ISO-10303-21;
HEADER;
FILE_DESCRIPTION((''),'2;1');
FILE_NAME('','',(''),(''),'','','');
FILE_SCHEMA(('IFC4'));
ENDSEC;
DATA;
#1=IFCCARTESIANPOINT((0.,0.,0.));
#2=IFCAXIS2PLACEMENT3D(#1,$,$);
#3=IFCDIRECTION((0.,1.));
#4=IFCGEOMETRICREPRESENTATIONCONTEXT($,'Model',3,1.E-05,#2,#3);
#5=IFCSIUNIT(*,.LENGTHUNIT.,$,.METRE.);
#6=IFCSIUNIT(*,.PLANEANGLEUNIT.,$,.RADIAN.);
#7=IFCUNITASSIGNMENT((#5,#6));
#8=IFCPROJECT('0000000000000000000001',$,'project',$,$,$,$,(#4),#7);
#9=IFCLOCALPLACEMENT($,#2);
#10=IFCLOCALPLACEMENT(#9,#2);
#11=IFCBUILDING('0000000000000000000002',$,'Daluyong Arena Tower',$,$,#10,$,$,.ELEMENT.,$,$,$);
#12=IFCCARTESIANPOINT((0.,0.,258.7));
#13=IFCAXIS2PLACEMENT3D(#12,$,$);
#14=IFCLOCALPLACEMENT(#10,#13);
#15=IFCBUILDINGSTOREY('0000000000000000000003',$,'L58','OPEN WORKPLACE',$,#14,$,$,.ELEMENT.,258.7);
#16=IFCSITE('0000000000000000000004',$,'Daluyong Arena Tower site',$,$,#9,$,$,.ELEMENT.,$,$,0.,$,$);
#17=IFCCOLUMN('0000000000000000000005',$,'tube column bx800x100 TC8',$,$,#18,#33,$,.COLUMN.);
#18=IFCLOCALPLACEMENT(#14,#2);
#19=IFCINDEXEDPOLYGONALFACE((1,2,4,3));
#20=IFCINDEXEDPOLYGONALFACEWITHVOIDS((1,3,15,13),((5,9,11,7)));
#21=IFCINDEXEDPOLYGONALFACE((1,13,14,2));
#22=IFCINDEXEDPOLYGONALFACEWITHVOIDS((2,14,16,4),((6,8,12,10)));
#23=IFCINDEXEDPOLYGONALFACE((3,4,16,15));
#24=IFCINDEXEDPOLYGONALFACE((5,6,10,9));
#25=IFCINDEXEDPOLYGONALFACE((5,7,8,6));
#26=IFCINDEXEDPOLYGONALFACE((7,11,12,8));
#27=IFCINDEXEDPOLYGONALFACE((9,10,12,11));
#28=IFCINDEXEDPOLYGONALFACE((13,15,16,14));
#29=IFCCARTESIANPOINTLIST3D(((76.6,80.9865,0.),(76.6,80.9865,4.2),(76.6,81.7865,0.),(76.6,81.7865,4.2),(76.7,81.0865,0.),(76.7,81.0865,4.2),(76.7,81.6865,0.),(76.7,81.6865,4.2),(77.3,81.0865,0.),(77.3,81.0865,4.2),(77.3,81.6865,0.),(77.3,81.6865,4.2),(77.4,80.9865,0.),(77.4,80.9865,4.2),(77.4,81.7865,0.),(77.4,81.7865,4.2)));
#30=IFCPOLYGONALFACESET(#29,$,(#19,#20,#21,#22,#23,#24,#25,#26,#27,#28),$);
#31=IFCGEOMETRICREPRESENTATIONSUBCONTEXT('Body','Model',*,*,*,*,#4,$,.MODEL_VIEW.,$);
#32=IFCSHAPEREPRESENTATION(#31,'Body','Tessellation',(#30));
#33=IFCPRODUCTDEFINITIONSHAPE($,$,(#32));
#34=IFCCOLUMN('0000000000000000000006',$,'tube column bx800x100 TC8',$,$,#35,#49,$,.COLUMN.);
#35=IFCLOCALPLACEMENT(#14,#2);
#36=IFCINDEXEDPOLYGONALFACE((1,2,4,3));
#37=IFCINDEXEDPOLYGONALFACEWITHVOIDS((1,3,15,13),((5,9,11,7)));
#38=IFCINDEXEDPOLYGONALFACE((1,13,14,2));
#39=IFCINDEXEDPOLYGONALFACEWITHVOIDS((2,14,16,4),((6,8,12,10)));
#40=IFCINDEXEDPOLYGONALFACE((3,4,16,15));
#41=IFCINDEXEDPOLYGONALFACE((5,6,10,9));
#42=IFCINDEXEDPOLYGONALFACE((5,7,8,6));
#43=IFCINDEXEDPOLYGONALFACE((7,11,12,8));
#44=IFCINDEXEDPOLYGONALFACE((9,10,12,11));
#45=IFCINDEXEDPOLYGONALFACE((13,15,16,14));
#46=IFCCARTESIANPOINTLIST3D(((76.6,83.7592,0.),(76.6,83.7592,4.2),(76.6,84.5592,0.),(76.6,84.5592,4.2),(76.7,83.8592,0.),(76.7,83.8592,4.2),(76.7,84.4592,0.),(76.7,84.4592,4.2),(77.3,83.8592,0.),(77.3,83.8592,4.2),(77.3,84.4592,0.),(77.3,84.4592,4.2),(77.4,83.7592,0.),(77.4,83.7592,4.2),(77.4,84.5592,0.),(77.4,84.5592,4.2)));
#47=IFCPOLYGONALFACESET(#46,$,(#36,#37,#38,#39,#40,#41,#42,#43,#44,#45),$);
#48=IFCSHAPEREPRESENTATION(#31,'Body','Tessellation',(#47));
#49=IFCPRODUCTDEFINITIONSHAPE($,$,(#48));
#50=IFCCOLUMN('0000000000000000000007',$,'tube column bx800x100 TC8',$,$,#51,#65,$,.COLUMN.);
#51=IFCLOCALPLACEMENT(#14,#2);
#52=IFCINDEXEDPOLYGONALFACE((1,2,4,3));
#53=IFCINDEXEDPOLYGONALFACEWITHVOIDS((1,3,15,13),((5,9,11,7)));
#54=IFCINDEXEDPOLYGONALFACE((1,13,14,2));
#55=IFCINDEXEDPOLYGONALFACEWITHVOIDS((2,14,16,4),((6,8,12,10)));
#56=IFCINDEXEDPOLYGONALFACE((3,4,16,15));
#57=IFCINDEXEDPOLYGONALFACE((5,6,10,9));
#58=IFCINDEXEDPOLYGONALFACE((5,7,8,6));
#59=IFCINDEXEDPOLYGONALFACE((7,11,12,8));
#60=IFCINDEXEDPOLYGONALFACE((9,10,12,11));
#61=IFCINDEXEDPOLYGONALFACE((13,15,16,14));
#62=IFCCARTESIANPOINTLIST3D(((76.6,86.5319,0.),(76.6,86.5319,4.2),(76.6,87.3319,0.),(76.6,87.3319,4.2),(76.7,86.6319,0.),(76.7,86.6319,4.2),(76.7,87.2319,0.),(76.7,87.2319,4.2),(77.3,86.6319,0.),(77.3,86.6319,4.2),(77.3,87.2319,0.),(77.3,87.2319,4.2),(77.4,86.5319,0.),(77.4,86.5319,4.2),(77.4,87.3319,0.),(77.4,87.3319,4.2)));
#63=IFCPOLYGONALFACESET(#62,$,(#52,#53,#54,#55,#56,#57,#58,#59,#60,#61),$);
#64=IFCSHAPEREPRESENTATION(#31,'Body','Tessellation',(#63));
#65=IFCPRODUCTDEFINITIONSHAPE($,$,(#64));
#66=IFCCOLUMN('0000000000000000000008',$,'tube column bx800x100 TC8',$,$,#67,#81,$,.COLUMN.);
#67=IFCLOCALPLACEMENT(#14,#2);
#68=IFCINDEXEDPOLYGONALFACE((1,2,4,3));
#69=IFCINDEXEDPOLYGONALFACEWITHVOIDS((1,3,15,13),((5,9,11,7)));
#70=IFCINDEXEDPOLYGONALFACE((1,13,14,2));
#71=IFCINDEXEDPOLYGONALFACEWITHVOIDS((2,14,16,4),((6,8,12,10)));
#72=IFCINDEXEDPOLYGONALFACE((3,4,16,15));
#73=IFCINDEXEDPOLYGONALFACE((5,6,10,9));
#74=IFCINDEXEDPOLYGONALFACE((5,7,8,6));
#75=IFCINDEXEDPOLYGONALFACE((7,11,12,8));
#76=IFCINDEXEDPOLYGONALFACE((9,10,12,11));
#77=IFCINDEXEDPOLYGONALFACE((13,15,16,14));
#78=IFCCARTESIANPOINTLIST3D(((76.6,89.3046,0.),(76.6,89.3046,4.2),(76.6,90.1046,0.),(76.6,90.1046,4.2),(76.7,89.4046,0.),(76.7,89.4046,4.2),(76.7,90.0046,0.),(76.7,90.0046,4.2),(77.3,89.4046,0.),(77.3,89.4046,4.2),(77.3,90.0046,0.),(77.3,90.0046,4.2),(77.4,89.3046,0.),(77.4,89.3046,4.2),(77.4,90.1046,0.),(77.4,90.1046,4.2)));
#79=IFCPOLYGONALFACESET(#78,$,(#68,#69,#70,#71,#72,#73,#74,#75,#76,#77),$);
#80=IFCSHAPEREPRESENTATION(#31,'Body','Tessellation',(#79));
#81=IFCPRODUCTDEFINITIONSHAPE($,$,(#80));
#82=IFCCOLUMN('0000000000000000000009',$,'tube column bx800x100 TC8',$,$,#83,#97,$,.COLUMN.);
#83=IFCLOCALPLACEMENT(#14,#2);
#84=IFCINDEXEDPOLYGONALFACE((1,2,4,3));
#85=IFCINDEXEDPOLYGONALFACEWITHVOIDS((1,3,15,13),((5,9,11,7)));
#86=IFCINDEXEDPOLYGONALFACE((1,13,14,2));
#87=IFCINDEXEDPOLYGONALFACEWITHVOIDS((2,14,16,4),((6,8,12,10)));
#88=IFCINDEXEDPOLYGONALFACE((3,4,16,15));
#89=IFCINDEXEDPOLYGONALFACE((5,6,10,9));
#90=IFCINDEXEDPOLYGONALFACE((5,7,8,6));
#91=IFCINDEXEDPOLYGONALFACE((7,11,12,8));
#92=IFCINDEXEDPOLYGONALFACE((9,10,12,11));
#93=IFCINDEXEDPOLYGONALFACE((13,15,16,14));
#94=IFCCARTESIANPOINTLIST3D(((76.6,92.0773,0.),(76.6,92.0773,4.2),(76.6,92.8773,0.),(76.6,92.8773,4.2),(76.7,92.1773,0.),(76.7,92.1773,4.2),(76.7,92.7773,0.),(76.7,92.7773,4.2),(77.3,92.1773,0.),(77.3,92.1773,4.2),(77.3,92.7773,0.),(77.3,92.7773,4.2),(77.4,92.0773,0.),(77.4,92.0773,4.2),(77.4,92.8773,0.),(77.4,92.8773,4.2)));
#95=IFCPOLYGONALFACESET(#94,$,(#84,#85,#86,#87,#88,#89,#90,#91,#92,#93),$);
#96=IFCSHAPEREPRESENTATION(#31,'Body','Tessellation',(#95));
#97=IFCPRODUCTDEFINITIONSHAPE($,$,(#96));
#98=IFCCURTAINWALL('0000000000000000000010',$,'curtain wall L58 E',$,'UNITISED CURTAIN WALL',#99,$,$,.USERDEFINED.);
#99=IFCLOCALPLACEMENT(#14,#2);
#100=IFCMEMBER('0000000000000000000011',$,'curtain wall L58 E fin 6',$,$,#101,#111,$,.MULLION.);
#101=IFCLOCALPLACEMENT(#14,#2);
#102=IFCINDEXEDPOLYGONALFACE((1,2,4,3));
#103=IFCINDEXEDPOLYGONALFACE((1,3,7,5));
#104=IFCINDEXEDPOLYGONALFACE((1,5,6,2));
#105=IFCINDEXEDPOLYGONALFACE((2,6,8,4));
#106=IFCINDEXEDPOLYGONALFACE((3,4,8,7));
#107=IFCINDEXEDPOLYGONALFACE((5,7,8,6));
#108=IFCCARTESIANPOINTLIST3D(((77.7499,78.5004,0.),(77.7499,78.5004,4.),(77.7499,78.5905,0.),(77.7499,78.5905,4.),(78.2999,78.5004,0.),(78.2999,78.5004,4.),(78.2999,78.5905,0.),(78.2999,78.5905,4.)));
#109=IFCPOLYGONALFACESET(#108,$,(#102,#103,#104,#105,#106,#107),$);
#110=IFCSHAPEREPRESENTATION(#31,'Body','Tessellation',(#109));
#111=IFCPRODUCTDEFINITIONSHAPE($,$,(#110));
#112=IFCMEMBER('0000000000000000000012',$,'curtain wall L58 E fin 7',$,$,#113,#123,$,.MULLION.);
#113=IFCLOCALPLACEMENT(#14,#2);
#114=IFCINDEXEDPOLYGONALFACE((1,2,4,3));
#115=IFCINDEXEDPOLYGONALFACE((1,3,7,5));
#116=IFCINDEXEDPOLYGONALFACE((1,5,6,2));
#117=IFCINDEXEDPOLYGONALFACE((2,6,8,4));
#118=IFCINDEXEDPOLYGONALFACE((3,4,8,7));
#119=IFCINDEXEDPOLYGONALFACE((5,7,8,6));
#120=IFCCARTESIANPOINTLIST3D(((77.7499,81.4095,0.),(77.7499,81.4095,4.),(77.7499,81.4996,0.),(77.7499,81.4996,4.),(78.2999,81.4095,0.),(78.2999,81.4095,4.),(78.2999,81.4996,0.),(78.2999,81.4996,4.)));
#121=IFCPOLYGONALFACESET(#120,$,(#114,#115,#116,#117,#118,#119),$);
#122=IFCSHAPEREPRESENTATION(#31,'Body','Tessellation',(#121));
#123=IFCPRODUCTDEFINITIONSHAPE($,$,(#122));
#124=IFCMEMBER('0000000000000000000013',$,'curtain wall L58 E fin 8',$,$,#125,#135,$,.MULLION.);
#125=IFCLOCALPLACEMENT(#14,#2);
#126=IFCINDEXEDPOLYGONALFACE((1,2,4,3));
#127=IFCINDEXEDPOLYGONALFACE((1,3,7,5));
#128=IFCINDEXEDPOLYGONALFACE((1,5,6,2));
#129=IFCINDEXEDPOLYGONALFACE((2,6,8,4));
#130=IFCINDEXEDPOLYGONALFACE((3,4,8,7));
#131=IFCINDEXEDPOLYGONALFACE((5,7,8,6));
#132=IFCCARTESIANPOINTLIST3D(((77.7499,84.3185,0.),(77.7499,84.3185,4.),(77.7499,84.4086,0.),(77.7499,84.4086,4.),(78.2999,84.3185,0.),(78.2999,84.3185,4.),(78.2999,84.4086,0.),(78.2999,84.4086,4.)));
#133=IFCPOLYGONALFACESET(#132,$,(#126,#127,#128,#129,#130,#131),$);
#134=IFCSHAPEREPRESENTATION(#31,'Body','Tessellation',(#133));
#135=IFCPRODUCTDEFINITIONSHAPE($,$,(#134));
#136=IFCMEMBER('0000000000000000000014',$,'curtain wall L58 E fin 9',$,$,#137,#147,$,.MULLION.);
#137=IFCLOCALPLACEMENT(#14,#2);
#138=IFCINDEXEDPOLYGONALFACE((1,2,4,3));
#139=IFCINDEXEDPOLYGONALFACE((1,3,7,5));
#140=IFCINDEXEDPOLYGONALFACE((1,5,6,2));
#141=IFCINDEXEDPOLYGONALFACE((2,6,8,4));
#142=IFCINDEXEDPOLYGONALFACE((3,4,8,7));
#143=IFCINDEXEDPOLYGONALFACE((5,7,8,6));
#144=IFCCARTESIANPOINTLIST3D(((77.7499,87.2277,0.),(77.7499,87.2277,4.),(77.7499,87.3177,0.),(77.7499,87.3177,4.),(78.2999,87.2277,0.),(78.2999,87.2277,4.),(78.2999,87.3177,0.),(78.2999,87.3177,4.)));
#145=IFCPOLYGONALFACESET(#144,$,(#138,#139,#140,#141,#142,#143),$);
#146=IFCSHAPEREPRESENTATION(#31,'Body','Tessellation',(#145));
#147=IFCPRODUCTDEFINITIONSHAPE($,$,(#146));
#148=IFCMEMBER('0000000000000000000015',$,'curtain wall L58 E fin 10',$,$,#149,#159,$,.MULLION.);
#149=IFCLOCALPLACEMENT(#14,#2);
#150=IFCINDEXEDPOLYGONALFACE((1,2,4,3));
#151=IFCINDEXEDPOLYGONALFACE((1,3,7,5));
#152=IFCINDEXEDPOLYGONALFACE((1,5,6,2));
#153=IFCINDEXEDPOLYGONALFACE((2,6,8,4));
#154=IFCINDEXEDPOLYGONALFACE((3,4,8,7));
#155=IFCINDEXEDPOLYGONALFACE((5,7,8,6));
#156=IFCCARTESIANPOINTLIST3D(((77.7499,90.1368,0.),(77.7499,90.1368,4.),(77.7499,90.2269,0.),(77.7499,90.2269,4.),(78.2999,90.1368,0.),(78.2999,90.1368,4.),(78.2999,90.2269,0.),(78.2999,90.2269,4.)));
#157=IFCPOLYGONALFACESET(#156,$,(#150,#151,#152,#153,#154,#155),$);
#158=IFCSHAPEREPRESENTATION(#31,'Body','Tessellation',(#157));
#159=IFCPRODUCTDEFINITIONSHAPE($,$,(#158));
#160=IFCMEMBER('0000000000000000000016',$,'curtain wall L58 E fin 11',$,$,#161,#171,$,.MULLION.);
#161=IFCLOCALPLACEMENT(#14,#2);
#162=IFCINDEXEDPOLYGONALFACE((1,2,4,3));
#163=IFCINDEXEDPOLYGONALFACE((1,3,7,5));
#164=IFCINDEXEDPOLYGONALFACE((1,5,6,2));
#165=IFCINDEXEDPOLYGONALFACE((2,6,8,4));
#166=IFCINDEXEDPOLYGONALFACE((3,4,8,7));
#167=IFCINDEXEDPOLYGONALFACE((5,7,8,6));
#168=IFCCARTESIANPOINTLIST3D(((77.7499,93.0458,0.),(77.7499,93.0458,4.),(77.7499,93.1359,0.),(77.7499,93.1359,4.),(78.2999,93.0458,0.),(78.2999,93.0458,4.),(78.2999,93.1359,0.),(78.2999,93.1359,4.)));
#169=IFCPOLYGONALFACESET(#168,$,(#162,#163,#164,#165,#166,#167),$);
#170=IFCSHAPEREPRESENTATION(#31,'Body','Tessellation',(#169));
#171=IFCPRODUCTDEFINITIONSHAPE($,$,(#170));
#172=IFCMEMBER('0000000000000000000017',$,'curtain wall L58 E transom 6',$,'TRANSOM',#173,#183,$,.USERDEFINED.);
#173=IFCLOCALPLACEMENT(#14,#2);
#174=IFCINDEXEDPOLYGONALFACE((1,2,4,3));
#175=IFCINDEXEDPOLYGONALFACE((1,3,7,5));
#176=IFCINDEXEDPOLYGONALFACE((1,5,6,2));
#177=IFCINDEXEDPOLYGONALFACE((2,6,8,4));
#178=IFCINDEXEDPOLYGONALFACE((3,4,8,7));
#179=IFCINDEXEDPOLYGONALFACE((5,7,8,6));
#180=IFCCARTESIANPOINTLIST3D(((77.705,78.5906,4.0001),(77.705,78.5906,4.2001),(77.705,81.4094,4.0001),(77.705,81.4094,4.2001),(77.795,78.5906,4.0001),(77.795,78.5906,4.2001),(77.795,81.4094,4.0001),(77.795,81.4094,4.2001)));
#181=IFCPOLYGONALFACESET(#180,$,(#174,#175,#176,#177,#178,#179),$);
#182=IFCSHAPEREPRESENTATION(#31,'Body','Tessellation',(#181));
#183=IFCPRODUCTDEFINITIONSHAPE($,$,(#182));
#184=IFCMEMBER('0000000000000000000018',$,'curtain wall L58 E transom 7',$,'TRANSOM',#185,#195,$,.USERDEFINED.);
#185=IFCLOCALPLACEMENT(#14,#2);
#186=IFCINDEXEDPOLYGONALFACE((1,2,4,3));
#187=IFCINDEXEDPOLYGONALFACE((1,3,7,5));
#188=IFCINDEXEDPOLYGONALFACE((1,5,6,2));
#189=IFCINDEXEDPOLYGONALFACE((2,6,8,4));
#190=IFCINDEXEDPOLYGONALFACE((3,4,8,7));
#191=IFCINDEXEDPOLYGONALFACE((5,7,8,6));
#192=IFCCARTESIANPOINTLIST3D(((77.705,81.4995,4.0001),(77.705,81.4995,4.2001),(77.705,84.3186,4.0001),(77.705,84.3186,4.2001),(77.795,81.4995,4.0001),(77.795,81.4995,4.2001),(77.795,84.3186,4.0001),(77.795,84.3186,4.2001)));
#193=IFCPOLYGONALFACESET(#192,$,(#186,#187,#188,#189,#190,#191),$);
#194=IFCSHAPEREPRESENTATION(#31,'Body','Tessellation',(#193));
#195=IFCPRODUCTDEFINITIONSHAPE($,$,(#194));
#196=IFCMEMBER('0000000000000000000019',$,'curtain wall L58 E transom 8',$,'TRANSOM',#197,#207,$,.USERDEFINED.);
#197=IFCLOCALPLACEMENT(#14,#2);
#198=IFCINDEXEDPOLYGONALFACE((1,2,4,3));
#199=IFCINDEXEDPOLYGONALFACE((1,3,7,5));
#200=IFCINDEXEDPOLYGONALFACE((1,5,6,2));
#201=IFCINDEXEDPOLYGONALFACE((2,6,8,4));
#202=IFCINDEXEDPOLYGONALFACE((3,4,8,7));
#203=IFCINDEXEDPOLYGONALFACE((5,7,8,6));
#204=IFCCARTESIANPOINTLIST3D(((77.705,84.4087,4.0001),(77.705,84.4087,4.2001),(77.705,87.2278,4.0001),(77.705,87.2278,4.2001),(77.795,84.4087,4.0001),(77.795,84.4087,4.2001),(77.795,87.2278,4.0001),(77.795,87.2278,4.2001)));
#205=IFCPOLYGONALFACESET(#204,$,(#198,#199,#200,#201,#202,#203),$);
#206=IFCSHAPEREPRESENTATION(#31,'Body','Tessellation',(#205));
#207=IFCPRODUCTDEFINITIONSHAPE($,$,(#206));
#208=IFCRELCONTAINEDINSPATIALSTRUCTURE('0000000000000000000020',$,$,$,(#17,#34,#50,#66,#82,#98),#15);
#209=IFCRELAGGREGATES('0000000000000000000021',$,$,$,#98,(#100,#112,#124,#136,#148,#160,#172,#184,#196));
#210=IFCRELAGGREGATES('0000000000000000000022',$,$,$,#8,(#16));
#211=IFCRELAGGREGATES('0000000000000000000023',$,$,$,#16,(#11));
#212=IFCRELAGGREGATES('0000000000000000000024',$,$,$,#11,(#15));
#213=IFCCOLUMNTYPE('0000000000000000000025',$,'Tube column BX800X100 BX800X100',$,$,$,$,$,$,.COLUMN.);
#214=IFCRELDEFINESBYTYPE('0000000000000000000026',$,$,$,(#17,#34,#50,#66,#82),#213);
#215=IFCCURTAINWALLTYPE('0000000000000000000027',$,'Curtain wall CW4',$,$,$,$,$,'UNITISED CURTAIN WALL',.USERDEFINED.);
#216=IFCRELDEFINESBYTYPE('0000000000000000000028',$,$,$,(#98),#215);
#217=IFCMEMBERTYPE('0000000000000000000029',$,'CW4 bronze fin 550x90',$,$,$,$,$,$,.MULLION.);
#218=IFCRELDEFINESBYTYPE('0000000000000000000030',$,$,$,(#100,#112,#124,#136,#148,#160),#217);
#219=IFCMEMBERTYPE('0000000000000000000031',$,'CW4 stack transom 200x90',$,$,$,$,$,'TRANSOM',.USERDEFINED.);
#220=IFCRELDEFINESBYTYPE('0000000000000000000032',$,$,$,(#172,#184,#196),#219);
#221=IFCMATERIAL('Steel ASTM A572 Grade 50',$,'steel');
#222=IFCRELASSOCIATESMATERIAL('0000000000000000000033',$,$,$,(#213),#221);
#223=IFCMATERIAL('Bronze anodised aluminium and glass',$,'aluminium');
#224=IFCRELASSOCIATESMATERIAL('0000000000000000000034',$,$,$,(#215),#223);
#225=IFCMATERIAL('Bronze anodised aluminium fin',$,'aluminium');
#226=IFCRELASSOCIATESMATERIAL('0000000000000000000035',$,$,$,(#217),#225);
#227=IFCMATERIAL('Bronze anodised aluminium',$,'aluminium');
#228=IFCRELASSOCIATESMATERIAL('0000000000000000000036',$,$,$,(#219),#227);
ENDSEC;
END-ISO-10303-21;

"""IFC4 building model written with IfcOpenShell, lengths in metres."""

from ifc_helpers import new_model, si_unit, direction, frame, origin, origin_2d, place, context, subcontext, project, spatial, rectangle, hollow_rectangle, extrude, material, material_profile, profile_set, type_object, element, aggregate, save


model = new_model("IFC4")

# Units and contexts
model_context = context("Model", 3, precision=1e-05, world=origin(), true_north=direction((0.0, 1.0)))
body_context = subcontext(model_context, "Body", "Model", "MODEL_VIEW")
ifc_project = project(units=[si_unit("LENGTHUNIT", "METRE"), si_unit("PLANEANGLEUNIT", "RADIAN")], contexts=[model_context])

# Site, building, storey
site_placement = place(None, origin())
site = spatial("IfcSite", under=ifc_project, at=site_placement, Name="Daluyong Arena Tower site", CompositionType="ELEMENT", RefElevation=0.0)
building_placement = place(site_placement, origin())
building = spatial("IfcBuilding", under=site, at=building_placement, Name="Daluyong Arena Tower", CompositionType="ELEMENT")
storey_placement = place(building_placement, frame((0.0, 0.0, 258.7)))
storey = spatial("IfcBuildingStorey", under=building, at=storey_placement, Name="L58", Description="OPEN WORKPLACE", CompositionType="ELEMENT", Elevation=258.7)

# Columns
ifc_material_1 = material(Name="Steel ASTM A572 Grade 50", Category="steel")
ifc_material_profile_1 = material_profile(ifc_material_1, hollow_rectangle(XDim=0.8, YDim=0.8, WallThickness=0.1, at=origin_2d()))
ifc_profile_set_1 = profile_set([ifc_material_profile_1], Name="Steel ASTM A572 Grade 50")
column_type = type_object("IfcColumnType", Name="Tube column BX800X100 BX800X100", PredefinedType="COLUMN", material=ifc_profile_set_1)
for number, where, z_axis, x_axis, name in (
    (1, (77.0, 81.3865, 0.0), (0.0, 0.0, 1.0), (0.0, 1.0, 0.0), "tube column bx800x100 TC8"),
    (2, (77.0, 84.1592, 0.0), (0.0, 0.0, 1.0), (0.0, 1.0, 0.0), "tube column bx800x100 TC8"),
    (3, (77.0, 86.9319, 0.0), (0.0, 0.0, 1.0), (0.0, 1.0, 0.0), "tube column bx800x100 TC8"),
    (4, (77.0, 89.7046, 0.0), (0.0, 0.0, 1.0), (0.0, 1.0, 0.0), "tube column bx800x100 TC8"),
    (5, (77.0, 92.4773, 0.0), (0.0, 0.0, 1.0), (0.0, 1.0, 0.0), "tube column bx800x100 TC8"),
):
    element("IfcColumn", number, at=place(storey_placement, frame(where, z_axis=z_axis, x_axis=x_axis)), inside=storey, type_object=column_type, Name=name, PredefinedType="COLUMN", context=body_context, shape_type="SweptSolid", body=[
        extrude(hollow_rectangle(XDim=0.8, YDim=0.8, WallThickness=0.1, at=origin_2d()), origin(), (0.0, 0.0, 1.0), 4.2),
    ])

# Curtain wall, members
ifc_material_2 = material(Name="Bronze anodised aluminium and glass", Category="aluminium")
curtain_wall_type = type_object("IfcCurtainWallType", Name="Curtain wall CW4", ElementType="UNITISED CURTAIN WALL", PredefinedType="USERDEFINED", material=ifc_material_2)
curtain_wall_placement = place(storey_placement, origin())
curtain_wall = element("IfcCurtainWall", 6, at=curtain_wall_placement, inside=storey, type_object=curtain_wall_type, Name="curtain wall L58 E", ObjectType="UNITISED CURTAIN WALL", PredefinedType="USERDEFINED")
ifc_material_3 = material(Name="Bronze anodised aluminium fin", Category="aluminium")
ifc_material_profile_2 = material_profile(ifc_material_3, rectangle(XDim=0.55, YDim=0.0901, at=origin_2d()))
ifc_profile_set_2 = profile_set([ifc_material_profile_2], Name="Bronze anodised aluminium fin")
member_type_1 = type_object("IfcMemberType", Name="CW4 bronze fin 550x90", PredefinedType="MULLION", material=ifc_profile_set_2)
member_1_placement = place(storey_placement, frame((78.0249, 78.5454, 0.0), z_axis=(0.0, 0.0, 1.0), x_axis=(-1.0, 0.0, 0.0)))
member_1 = element("IfcMember", 7, at=member_1_placement, type_object=member_type_1, Name="curtain wall L58 E fin 6", PredefinedType="MULLION", context=body_context, shape_type="SweptSolid", body=[
    extrude(rectangle(XDim=0.55, YDim=0.0901, at=origin_2d()), origin(), (0.0, 0.0, 1.0), 4.0),
])
member_2_placement = place(storey_placement, frame((78.0249, 81.4546, 0.0), z_axis=(0.0, 0.0, 1.0), x_axis=(-1.0, 0.0, 0.0)))
member_2 = element("IfcMember", 8, at=member_2_placement, type_object=member_type_1, Name="curtain wall L58 E fin 7", PredefinedType="MULLION", context=body_context, shape_type="SweptSolid", body=[
    extrude(rectangle(XDim=0.55, YDim=0.0901, at=origin_2d()), origin(), (0.0, 0.0, 1.0), 4.0),
])
member_3_placement = place(storey_placement, frame((78.0249, 84.3635, 0.0), z_axis=(0.0, 0.0, 1.0), x_axis=(-1.0, 0.0, 0.0)))
member_3 = element("IfcMember", 9, at=member_3_placement, type_object=member_type_1, Name="curtain wall L58 E fin 8", PredefinedType="MULLION", context=body_context, shape_type="SweptSolid", body=[
    extrude(rectangle(XDim=0.55, YDim=0.0901, at=origin_2d()), origin(), (0.0, 0.0, 1.0), 4.0),
])
member_4_placement = place(storey_placement, frame((78.0249, 87.2727, 0.0), z_axis=(0.0, 0.0, 1.0), x_axis=(-1.0, 0.0, 0.0)))
member_4 = element("IfcMember", 10, at=member_4_placement, type_object=member_type_1, Name="curtain wall L58 E fin 9", PredefinedType="MULLION", context=body_context, shape_type="SweptSolid", body=[
    extrude(rectangle(XDim=0.55, YDim=0.0901, at=origin_2d()), origin(), (0.0, 0.0, 1.0), 4.0),
])
member_5_placement = place(storey_placement, frame((78.0249, 90.1819, 0.0), z_axis=(0.0, 0.0, 1.0), x_axis=(-1.0, 0.0, 0.0)))
member_5 = element("IfcMember", 11, at=member_5_placement, type_object=member_type_1, Name="curtain wall L58 E fin 10", PredefinedType="MULLION", context=body_context, shape_type="SweptSolid", body=[
    extrude(rectangle(XDim=0.55, YDim=0.0901, at=origin_2d()), origin(), (0.0, 0.0, 1.0), 4.0),
])
member_6_placement = place(storey_placement, frame((78.0249, 93.0908, 0.0), z_axis=(0.0, 0.0, 1.0), x_axis=(-1.0, 0.0, 0.0)))
member_6 = element("IfcMember", 12, at=member_6_placement, type_object=member_type_1, Name="curtain wall L58 E fin 11", PredefinedType="MULLION", context=body_context, shape_type="SweptSolid", body=[
    extrude(rectangle(XDim=0.55, YDim=0.0901, at=origin_2d()), origin(), (0.0, 0.0, 1.0), 4.0),
])
ifc_material_4 = material(Name="Bronze anodised aluminium", Category="aluminium")
ifc_material_profile_3 = material_profile(ifc_material_4, rectangle(XDim=0.0901, YDim=0.2, at=origin_2d()))
ifc_profile_set_3 = profile_set([ifc_material_profile_3], Name="Bronze anodised aluminium")
member_type_2 = type_object("IfcMemberType", Name="CW4 stack transom 200x90", ElementType="TRANSOM", PredefinedType="USERDEFINED", material=ifc_profile_set_3)
member_7_placement = place(storey_placement, frame((77.75, 78.5906, 4.1001), z_axis=(0.0, 1.0, 0.0), x_axis=(-1.0, 0.0, 0.0)))
member_7 = element("IfcMember", 13, at=member_7_placement, type_object=member_type_2, Name="curtain wall L58 E transom 6", ObjectType="TRANSOM", PredefinedType="USERDEFINED", context=body_context, shape_type="SweptSolid", body=[
    extrude(rectangle(XDim=0.0901, YDim=0.2, at=origin_2d()), origin(), (0.0, 0.0, 1.0), 2.8188),
])
member_8_placement = place(storey_placement, frame((77.75, 81.4995, 4.1001), z_axis=(0.0, 1.0, 0.0), x_axis=(-1.0, 0.0, 0.0)))
member_8 = element("IfcMember", 14, at=member_8_placement, type_object=member_type_2, Name="curtain wall L58 E transom 7", ObjectType="TRANSOM", PredefinedType="USERDEFINED", context=body_context, shape_type="SweptSolid", body=[
    extrude(rectangle(XDim=0.0901, YDim=0.2, at=origin_2d()), origin(), (0.0, 0.0, 1.0), 2.8191),
])
member_9_placement = place(storey_placement, frame((77.75, 84.4087, 4.1001), z_axis=(0.0, 1.0, 0.0), x_axis=(-1.0, 0.0, 0.0)))
member_9 = element("IfcMember", 15, at=member_9_placement, type_object=member_type_2, Name="curtain wall L58 E transom 8", ObjectType="TRANSOM", PredefinedType="USERDEFINED", context=body_context, shape_type="SweptSolid", body=[
    extrude(rectangle(XDim=0.0901, YDim=0.2, at=origin_2d()), origin(), (0.0, 0.0, 1.0), 2.8191),
])

aggregate(curtain_wall, [member_1, member_2, member_3, member_4, member_5, member_6, member_7, member_8, member_9])

save(model, "model.ifc")
